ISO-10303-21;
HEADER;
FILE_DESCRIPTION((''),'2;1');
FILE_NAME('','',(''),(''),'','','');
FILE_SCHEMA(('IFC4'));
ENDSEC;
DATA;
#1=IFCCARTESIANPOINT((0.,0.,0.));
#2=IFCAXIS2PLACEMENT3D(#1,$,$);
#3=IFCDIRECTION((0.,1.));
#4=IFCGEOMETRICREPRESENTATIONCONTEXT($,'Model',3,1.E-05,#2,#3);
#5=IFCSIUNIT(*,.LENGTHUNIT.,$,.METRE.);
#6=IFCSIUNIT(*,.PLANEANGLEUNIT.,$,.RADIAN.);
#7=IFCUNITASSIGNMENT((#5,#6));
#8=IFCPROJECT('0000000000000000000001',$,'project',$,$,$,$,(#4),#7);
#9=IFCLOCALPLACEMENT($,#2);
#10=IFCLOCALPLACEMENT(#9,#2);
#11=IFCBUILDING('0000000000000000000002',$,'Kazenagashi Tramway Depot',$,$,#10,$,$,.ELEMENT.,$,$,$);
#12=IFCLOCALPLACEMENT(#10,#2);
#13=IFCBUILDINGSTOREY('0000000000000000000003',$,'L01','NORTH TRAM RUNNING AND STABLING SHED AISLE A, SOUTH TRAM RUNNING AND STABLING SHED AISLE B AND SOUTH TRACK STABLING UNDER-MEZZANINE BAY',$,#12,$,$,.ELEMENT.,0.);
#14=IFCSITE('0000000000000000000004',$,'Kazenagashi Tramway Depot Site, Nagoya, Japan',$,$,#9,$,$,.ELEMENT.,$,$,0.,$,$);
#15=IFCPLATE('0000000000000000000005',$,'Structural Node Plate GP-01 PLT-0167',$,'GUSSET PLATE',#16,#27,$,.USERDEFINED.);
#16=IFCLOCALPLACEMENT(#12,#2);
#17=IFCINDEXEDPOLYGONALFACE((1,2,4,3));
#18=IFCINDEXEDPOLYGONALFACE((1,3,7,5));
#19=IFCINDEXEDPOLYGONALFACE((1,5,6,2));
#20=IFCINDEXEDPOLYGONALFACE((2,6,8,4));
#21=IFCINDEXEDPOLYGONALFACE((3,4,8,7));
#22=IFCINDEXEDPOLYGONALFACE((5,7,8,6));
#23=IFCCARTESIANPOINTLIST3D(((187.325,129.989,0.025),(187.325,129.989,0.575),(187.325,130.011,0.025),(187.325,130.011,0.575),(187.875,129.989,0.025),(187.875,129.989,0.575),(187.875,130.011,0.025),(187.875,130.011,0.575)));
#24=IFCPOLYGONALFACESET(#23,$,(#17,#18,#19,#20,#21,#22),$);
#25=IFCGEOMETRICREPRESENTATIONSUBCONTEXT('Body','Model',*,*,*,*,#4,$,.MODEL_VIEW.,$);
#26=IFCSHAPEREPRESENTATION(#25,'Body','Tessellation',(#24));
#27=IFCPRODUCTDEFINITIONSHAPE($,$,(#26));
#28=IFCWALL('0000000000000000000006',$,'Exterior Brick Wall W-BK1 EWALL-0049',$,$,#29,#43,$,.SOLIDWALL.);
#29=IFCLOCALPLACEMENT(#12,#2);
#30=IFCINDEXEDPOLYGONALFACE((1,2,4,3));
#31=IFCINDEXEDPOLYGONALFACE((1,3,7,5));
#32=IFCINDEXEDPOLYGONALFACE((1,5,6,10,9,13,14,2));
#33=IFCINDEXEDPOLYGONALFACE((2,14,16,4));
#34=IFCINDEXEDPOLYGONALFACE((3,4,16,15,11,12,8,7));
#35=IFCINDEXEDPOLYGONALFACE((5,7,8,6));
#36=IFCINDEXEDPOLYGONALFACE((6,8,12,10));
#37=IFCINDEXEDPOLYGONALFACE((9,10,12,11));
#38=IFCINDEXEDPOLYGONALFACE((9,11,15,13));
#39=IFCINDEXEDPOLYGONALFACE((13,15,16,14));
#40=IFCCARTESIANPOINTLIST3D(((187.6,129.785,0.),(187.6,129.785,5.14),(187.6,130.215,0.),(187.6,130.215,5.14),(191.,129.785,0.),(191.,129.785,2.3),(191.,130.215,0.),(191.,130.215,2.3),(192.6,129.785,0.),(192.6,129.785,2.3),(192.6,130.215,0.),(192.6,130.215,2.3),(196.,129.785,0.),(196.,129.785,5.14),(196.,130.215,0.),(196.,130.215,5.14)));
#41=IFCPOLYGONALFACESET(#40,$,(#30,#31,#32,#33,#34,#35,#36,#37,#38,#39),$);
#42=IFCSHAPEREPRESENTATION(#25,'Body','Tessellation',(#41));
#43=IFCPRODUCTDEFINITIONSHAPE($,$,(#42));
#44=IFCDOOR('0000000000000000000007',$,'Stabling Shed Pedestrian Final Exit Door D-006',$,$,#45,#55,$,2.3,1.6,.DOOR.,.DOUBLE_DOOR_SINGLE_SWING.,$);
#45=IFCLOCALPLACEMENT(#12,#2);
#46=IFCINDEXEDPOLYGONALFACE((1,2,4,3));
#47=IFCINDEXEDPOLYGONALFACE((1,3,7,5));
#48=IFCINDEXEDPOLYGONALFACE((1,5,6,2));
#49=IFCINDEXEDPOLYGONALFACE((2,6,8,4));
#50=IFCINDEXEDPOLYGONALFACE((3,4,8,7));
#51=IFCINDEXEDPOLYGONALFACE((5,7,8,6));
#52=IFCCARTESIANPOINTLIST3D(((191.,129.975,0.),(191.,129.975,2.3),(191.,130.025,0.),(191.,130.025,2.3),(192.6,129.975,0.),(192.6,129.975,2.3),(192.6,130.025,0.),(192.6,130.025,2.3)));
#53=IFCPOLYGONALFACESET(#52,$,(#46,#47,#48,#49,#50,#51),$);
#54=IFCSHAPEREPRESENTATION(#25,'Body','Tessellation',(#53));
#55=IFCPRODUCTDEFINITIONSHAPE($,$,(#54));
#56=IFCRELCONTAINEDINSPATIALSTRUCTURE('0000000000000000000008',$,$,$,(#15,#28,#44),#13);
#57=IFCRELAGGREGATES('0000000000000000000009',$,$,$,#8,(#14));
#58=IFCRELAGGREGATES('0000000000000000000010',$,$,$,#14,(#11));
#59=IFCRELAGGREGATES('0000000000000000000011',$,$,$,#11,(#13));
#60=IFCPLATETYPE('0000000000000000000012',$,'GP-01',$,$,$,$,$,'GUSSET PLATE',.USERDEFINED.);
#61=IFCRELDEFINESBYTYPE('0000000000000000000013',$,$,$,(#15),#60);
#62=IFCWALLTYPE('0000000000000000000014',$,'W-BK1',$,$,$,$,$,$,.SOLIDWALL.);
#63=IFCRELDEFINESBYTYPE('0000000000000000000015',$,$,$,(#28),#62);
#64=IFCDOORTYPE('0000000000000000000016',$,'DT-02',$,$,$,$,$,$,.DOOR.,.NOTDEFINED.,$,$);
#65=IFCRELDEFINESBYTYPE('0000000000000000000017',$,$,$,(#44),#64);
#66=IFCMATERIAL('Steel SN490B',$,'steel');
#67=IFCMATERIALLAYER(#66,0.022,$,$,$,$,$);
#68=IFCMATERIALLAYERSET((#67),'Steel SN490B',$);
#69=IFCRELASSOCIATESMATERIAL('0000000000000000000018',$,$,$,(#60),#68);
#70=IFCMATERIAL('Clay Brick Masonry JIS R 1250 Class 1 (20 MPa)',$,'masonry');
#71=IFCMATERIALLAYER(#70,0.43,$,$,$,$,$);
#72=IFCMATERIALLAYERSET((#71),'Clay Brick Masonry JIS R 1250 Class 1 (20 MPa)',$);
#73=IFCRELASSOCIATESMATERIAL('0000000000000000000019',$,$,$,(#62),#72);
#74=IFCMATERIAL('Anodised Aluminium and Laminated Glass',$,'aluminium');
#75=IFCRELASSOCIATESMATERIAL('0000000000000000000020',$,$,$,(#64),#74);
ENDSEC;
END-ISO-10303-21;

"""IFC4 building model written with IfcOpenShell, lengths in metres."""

from ifc_helpers import new_model, si_unit, direction, frame, frame_2d, origin, origin_2d, place, context, subcontext, project, spatial, rectangle, extrude, material, layer, layer_set, type_object, element, fill, save


model = new_model("IFC4")

# Units and contexts
model_context = context("Model", 3, precision=1e-05, world=origin(), true_north=direction((0.0, 1.0)))
body_context = subcontext(model_context, "Body", "Model", "MODEL_VIEW")
ifc_project = project(units=[si_unit("LENGTHUNIT", "METRE"), si_unit("PLANEANGLEUNIT", "RADIAN")], contexts=[model_context])

# Site, building, storey
site_placement = place(None, origin())
site = spatial("IfcSite", under=ifc_project, at=site_placement, Name="Kazenagashi Tramway Depot Site, Nagoya, Japan", CompositionType="ELEMENT", RefElevation=0.0)
building_placement = place(site_placement, origin())
building = spatial("IfcBuilding", under=site, at=building_placement, Name="Kazenagashi Tramway Depot", CompositionType="ELEMENT")
storey_placement = place(building_placement, origin())
storey = spatial("IfcBuildingStorey", under=building, at=storey_placement, Name="L01", Description="NORTH TRAM RUNNING AND STABLING SHED AISLE A, SOUTH TRAM RUNNING AND STABLING SHED AISLE B AND SOUTH TRACK STABLING UNDER-MEZZANINE BAY", CompositionType="ELEMENT", Elevation=0.0)

# Plate
ifc_material_1 = material(Name="Steel SN490B", Category="steel")
ifc_layer_1 = layer(ifc_material_1, 0.022)
ifc_layer_set_1 = layer_set([ifc_layer_1], Name="Steel SN490B")
plate_type_1 = type_object("IfcPlateType", Name="GP-01", ElementType="GUSSET PLATE", PredefinedType="USERDEFINED", material=ifc_layer_set_1)
plate_1_placement = place(storey_placement, frame((187.6, 130.0, 0.025), z_axis=(0.0, 0.0, 1.0), x_axis=(1.0, 0.0, 0.0)))
element("IfcPlate", 1, at=plate_1_placement, inside=storey, type_object=plate_type_1, Name="Structural Node Plate GP-01 PLT-0167", ObjectType="GUSSET PLATE", PredefinedType="USERDEFINED", context=body_context, shape_type="SweptSolid", body=[
    extrude(rectangle(XDim=0.55, YDim=0.022, at=origin_2d()), origin(), (0.0, 0.0, 1.0), 0.55),
])

# Wall, opening, door
ifc_material_2 = material(Name="Clay Brick Masonry JIS R 1250 Class 1 (20 MPa)", Category="masonry")
ifc_layer_2 = layer(ifc_material_2, 0.43)
ifc_layer_set_2 = layer_set([ifc_layer_2], Name="Clay Brick Masonry JIS R 1250 Class 1 (20 MPa)")
wall_type = type_object("IfcWallType", Name="W-BK1", PredefinedType="SOLIDWALL", material=ifc_layer_set_2)
wall_placement = place(storey_placement, frame((187.6, 130.0, 0.0), z_axis=(0.0, 0.0, 1.0), x_axis=(1.0, 0.0, 0.0)))
wall = element("IfcWall", 2, at=wall_placement, inside=storey, type_object=wall_type, Name="Exterior Brick Wall W-BK1 EWALL-0049", PredefinedType="SOLIDWALL", context=body_context, shape_type="SweptSolid", body=[
    extrude(rectangle(XDim=8.4, YDim=0.43, at=frame_2d((4.2, 0.0))), origin(), (0.0, 0.0, 1.0), 5.14),
])
opening_placement = place(wall_placement, frame((3.4, 0.0, 0.0)))
opening = element("IfcOpeningElement", 3, at=opening_placement, cuts=wall, PredefinedType="OPENING", context=body_context, shape_type="SweptSolid", body=[
    extrude(rectangle(XDim=1.6, YDim=2.3, at=frame_2d((0.8, 1.15))), frame((0.0, 0.225, 0.0), z_axis=(0.0, -1.0, 0.0), x_axis=(1.0, 0.0, 0.0)), (0.0, 0.0, 1.0), 0.45),
])
ifc_material_3 = material(Name="Anodised Aluminium and Laminated Glass", Category="aluminium")
door_type = type_object("IfcDoorType", Name="DT-02", OperationType="NOTDEFINED", PredefinedType="DOOR", material=ifc_material_3)
door_placement = place(opening_placement, origin())
door = element("IfcDoor", 4, at=door_placement, inside=storey, type_object=door_type, Name="Stabling Shed Pedestrian Final Exit Door D-006", OperationType="DOUBLE_DOOR_SINGLE_SWING", OverallHeight=2.3, OverallWidth=1.6, PredefinedType="DOOR", context=body_context, shape_type="SweptSolid", body=[
    extrude(rectangle(XDim=1.6, YDim=2.3, at=frame_2d((0.8, 1.15))), frame((0.0, 0.025, 0.0), z_axis=(0.0, -1.0, 0.0), x_axis=(1.0, 0.0, 0.0)), (0.0, 0.0, 1.0), 0.05),
])
fill(opening, door)

save(model, "model.ifc")
